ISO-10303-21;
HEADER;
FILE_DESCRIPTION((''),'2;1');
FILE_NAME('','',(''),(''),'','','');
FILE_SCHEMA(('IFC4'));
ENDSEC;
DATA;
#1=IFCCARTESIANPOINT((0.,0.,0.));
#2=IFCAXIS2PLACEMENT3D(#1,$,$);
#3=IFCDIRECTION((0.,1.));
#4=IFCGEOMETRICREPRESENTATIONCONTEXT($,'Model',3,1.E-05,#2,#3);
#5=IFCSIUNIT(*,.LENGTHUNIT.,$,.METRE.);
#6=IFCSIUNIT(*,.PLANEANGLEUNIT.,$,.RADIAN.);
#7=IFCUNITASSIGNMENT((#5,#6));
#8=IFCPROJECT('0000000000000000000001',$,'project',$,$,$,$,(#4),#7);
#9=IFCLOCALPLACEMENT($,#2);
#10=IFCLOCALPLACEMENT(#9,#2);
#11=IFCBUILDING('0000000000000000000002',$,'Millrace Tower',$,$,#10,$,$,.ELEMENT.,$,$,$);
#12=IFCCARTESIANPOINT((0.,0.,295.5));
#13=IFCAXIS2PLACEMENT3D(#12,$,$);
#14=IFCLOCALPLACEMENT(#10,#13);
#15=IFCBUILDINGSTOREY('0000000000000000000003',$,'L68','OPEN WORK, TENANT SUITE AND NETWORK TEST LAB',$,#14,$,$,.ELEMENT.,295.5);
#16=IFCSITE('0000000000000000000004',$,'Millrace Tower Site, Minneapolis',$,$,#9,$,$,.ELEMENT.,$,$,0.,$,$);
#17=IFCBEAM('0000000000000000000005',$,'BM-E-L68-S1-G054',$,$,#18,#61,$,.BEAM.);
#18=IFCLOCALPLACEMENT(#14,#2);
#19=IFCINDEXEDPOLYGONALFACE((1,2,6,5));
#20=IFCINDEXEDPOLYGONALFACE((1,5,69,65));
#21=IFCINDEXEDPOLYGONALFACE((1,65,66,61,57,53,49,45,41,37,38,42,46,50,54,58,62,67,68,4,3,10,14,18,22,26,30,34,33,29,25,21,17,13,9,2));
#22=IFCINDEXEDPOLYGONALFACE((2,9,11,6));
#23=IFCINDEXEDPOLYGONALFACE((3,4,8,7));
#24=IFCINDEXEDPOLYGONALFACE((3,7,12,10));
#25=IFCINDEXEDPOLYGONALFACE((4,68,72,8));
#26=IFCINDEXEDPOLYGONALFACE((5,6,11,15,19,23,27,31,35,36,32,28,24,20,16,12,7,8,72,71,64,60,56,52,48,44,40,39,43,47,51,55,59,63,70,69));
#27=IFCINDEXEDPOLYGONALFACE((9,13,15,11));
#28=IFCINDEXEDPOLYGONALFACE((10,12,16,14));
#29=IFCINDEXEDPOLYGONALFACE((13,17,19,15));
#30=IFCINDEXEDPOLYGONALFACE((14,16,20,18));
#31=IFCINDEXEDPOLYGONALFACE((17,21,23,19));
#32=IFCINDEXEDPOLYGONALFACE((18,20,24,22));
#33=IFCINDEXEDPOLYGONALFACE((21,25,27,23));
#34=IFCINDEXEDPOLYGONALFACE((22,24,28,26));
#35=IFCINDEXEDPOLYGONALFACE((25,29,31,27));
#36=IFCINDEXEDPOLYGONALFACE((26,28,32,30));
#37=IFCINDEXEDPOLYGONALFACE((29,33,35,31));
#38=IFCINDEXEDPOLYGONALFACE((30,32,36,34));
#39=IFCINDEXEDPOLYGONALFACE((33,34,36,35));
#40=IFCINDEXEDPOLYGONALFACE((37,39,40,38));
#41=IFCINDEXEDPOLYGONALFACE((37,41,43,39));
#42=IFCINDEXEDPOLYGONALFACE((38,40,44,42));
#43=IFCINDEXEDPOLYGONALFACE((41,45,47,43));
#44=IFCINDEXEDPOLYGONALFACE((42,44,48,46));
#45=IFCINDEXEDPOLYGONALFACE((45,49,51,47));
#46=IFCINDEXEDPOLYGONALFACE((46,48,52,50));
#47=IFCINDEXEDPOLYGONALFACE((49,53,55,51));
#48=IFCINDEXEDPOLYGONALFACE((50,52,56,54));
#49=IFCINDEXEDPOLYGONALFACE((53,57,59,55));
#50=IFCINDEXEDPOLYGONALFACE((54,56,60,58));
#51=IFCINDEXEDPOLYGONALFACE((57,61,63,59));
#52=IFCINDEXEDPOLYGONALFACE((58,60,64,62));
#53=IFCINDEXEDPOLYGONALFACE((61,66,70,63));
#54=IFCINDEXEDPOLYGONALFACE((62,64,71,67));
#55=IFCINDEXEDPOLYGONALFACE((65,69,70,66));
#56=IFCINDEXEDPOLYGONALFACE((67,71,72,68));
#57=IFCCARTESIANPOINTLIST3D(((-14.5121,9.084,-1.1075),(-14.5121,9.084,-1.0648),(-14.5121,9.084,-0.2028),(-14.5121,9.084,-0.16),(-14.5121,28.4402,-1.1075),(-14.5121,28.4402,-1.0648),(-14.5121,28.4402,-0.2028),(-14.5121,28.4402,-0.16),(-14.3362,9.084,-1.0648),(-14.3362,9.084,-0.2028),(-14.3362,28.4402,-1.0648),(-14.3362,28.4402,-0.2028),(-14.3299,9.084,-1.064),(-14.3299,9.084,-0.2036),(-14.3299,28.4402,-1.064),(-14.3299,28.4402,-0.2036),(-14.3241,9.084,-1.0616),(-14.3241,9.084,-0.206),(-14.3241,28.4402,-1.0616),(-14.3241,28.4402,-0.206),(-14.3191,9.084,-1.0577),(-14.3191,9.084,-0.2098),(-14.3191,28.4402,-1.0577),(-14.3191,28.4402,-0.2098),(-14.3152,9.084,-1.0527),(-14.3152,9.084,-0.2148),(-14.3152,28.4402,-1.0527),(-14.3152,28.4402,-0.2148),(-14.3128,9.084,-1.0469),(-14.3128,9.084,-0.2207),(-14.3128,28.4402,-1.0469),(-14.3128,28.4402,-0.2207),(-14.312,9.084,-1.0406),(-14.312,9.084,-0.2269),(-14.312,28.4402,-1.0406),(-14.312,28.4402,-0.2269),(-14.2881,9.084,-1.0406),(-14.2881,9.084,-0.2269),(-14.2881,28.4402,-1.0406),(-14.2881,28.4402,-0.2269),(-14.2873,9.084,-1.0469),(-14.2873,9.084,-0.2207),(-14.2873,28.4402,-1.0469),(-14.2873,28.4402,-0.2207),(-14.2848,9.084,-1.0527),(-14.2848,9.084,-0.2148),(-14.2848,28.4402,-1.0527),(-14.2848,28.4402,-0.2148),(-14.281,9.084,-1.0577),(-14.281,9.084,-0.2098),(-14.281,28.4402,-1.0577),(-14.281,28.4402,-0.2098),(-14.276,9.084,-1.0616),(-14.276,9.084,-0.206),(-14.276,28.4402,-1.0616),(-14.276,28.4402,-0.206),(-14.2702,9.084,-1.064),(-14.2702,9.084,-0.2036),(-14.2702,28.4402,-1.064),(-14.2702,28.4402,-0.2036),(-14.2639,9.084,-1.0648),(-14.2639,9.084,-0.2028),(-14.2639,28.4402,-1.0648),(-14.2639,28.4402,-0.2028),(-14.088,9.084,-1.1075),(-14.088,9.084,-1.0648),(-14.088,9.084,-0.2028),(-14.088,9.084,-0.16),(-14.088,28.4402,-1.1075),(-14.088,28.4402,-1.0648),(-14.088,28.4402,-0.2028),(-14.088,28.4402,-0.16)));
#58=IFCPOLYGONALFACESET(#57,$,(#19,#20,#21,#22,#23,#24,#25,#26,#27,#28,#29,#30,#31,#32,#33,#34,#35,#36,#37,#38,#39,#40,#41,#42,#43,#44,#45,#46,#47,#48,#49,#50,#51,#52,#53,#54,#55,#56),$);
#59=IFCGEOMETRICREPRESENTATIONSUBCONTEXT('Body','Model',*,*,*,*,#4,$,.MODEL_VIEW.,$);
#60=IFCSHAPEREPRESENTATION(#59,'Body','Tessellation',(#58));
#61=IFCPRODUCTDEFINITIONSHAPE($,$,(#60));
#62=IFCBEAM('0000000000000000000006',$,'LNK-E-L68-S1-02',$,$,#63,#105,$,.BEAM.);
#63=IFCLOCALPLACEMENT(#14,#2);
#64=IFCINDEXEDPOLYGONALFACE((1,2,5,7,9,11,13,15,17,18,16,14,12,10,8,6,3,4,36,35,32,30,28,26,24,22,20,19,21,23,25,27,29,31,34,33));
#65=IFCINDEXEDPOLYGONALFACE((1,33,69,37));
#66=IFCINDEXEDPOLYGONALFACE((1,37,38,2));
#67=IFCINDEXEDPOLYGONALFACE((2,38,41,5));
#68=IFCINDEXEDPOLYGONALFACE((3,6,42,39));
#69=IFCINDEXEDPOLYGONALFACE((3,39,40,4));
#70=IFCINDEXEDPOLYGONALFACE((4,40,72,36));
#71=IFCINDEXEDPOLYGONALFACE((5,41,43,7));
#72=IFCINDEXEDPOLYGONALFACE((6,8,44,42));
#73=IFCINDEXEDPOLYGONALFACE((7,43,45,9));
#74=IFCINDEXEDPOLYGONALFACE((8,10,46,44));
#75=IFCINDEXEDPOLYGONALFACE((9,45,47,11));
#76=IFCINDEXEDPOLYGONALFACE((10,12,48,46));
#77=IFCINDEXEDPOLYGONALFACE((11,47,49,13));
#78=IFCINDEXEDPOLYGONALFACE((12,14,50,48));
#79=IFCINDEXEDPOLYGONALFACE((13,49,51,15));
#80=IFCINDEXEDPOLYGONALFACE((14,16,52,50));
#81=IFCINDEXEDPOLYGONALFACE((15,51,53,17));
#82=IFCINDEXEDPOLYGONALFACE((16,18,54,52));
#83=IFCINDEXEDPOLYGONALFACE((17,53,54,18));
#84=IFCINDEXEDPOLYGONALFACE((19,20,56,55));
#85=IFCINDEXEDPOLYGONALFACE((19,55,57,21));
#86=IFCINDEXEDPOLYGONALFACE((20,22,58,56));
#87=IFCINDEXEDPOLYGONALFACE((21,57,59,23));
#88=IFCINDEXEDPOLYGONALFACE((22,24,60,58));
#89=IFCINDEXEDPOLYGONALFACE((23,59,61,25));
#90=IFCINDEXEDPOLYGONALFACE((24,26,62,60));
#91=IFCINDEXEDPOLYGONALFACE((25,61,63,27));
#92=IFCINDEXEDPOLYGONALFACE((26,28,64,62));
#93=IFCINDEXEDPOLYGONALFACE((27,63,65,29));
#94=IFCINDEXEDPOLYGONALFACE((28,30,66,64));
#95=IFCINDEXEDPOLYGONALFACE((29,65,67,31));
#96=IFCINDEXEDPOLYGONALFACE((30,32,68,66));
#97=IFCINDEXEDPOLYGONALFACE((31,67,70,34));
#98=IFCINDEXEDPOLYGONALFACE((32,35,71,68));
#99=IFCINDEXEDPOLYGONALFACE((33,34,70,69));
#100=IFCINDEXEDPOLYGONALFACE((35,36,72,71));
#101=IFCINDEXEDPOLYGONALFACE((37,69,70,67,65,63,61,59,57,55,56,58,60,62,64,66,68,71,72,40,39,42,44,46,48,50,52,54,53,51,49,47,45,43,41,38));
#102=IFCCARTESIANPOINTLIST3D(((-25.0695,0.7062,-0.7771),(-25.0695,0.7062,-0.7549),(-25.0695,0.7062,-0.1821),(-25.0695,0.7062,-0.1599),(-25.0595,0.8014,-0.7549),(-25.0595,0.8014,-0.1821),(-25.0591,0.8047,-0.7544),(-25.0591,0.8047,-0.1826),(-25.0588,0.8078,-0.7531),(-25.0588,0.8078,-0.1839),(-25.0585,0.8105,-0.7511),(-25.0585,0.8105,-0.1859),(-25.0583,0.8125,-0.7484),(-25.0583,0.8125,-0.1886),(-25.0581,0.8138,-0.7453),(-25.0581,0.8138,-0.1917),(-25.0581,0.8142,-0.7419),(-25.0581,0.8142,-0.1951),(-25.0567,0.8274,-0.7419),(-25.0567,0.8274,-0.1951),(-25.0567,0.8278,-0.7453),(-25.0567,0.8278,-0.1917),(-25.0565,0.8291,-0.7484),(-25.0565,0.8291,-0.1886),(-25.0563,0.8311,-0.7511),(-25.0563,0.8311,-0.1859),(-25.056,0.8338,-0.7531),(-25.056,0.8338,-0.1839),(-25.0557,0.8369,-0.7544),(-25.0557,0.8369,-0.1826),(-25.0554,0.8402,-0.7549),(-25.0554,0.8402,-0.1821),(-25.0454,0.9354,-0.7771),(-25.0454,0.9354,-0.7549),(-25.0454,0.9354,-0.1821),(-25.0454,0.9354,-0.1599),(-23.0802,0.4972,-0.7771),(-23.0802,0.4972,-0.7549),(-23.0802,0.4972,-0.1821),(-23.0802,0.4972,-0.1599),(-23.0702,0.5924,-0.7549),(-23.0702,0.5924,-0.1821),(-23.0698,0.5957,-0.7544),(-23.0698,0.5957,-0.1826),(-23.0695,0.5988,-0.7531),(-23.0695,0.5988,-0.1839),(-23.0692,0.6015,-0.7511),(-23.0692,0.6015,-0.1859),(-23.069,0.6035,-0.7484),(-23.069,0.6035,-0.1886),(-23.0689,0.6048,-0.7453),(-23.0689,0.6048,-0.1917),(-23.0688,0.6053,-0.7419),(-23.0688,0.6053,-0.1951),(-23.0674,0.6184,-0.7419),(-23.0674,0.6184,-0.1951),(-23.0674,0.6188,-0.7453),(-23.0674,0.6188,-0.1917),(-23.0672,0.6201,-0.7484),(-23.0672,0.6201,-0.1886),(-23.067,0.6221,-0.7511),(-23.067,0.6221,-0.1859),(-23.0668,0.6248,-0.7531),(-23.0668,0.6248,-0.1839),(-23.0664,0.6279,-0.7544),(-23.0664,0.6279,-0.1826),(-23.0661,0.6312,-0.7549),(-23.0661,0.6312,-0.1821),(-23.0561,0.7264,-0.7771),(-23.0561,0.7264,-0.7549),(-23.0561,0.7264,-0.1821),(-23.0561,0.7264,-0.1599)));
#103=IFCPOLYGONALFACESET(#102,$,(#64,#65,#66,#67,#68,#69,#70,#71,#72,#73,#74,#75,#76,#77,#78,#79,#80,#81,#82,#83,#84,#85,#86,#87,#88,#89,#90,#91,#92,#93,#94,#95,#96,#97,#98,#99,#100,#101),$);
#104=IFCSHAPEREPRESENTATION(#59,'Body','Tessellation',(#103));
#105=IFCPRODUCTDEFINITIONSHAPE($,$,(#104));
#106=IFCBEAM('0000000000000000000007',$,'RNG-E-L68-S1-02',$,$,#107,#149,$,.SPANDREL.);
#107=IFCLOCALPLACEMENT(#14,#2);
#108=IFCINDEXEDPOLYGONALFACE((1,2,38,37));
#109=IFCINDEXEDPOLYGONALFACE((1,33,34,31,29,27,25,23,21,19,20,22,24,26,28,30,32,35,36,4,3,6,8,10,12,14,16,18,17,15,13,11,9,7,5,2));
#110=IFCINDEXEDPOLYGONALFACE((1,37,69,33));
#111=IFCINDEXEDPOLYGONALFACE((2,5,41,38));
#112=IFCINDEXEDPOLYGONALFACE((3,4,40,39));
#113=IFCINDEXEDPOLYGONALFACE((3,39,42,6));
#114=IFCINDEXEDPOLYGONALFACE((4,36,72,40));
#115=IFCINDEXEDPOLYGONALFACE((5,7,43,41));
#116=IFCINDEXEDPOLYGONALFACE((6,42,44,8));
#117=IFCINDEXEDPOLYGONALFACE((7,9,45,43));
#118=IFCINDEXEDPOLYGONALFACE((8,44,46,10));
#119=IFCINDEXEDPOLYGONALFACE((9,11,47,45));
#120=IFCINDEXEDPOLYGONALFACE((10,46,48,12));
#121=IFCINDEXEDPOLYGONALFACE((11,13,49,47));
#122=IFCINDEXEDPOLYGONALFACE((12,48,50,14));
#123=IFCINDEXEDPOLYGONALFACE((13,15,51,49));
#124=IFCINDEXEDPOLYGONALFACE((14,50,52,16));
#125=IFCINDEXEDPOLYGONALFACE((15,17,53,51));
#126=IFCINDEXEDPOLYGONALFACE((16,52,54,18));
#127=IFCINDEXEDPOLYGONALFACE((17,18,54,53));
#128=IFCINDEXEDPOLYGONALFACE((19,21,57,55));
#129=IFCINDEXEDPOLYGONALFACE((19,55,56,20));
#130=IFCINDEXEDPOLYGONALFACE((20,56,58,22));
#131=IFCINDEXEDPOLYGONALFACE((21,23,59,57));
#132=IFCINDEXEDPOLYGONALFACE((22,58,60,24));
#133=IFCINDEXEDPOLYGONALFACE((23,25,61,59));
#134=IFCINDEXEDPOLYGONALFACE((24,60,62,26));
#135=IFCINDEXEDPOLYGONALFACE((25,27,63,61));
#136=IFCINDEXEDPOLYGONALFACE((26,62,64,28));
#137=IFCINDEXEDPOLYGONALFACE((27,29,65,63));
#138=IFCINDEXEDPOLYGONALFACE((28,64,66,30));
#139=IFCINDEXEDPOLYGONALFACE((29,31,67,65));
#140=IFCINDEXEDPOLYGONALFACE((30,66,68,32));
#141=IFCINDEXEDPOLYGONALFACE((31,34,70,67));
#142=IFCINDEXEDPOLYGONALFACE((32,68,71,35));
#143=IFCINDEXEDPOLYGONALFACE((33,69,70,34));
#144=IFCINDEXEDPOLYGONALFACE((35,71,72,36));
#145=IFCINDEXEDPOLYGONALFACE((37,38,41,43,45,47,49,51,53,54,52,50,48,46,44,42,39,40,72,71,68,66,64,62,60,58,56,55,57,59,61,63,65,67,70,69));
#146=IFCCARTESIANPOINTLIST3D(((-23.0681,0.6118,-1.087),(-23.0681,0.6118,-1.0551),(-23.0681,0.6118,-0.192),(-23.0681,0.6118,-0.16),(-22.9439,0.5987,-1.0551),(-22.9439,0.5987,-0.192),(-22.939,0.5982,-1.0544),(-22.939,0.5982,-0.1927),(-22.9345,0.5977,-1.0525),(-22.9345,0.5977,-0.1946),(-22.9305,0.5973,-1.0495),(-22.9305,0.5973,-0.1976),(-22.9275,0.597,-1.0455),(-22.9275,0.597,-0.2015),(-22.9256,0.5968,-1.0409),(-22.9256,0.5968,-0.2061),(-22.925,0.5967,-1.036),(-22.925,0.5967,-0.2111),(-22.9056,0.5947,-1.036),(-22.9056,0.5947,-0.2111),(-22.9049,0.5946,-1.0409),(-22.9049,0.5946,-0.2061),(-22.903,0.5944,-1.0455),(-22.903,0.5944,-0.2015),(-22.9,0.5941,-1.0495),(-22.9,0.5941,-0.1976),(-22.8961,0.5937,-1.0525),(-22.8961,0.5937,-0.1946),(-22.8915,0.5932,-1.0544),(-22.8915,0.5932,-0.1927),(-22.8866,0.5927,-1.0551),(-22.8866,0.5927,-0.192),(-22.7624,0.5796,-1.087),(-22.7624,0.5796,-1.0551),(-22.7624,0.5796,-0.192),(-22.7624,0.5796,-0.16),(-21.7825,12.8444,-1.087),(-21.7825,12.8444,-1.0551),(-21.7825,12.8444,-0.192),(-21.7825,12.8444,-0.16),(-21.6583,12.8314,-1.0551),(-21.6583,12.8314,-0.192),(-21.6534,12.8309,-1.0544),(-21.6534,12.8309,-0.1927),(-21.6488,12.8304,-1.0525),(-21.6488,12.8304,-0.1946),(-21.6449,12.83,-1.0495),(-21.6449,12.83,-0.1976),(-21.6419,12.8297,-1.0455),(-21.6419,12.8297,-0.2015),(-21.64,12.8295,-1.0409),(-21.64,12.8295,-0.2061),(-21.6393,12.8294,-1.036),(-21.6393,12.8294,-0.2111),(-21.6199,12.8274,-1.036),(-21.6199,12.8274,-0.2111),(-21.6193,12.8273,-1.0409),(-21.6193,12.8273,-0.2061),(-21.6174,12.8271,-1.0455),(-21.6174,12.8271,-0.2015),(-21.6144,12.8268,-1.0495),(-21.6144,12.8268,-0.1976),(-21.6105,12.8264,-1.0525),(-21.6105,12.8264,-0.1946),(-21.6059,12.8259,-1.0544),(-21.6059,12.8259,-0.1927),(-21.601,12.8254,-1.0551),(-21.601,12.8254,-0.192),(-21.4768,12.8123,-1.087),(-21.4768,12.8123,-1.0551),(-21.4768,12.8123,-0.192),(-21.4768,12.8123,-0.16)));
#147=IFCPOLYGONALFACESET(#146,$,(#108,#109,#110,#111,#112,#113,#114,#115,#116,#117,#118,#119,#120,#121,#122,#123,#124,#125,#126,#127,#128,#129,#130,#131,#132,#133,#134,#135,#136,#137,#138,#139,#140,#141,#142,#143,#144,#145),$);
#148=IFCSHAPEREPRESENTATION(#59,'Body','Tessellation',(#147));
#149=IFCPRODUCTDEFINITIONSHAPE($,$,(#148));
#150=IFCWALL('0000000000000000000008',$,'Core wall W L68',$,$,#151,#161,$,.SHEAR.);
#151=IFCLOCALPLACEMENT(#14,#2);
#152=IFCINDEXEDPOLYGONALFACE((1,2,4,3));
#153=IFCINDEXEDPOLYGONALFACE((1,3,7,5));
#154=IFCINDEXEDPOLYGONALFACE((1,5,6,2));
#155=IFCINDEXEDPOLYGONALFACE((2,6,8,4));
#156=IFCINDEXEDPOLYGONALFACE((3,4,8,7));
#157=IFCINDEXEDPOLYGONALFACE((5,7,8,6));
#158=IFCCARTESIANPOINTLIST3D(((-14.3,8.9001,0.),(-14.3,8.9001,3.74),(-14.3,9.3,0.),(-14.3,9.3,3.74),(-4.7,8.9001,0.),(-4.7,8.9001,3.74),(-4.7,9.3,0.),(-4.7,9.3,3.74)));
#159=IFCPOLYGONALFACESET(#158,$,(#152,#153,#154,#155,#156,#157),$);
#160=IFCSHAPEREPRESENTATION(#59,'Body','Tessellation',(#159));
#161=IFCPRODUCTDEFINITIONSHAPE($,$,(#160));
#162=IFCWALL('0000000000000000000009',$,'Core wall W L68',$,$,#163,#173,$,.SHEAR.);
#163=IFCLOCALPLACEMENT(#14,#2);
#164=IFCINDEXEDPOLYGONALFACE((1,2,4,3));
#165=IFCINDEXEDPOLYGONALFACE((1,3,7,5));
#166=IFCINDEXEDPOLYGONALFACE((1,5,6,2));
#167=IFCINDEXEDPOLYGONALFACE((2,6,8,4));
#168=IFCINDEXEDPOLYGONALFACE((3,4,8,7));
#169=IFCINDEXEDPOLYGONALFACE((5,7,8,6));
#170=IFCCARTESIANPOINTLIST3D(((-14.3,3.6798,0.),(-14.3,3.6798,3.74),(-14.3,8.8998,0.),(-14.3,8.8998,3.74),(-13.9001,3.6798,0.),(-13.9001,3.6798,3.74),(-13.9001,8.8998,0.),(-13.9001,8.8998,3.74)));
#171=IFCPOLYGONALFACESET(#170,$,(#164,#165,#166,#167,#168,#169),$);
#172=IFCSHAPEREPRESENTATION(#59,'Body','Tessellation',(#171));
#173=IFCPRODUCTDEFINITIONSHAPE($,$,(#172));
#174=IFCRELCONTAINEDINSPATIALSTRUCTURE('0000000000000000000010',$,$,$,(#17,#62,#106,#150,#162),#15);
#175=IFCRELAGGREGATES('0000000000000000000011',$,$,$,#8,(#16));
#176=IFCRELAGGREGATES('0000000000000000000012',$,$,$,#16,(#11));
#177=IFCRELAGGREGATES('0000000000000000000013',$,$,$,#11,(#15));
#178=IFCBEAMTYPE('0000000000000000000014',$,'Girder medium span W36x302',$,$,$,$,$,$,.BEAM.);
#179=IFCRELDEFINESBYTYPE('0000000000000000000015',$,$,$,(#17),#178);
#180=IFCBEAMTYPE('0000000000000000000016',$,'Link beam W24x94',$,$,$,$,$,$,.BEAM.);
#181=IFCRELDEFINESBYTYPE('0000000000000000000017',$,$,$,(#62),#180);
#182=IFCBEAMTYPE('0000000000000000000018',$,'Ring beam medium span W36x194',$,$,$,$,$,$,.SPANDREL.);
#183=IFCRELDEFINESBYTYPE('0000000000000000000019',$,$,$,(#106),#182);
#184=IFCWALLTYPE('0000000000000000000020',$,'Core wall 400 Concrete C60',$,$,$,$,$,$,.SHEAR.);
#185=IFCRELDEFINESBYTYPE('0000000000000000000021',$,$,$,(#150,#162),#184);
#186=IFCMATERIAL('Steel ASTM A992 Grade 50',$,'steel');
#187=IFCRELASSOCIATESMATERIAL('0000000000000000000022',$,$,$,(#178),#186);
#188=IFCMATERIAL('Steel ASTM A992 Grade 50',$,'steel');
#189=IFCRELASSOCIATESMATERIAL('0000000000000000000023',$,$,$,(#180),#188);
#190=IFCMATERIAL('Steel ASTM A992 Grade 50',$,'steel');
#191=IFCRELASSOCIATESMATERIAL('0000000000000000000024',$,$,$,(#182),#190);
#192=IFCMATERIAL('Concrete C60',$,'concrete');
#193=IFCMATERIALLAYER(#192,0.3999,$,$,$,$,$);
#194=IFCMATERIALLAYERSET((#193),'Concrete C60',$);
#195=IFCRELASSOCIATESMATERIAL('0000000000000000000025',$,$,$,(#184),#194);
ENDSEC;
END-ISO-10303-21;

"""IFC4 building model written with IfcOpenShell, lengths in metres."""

from ifc_helpers import new_model, si_unit, direction, frame, frame_2d, origin, origin_2d, place, context, subcontext, project, spatial, rectangle, i_section, extrude, material, layer, layer_set, material_profile, profile_set, type_object, element, save


model = new_model("IFC4")

# Units and contexts
model_context = context("Model", 3, precision=1e-05, world=origin(), true_north=direction((0.0, 1.0)))
body_context = subcontext(model_context, "Body", "Model", "MODEL_VIEW")
ifc_project = project(units=[si_unit("LENGTHUNIT", "METRE"), si_unit("PLANEANGLEUNIT", "RADIAN")], contexts=[model_context])

# Site, building, storey
site_placement = place(None, origin())
site = spatial("IfcSite", under=ifc_project, at=site_placement, Name="Millrace Tower Site, Minneapolis", CompositionType="ELEMENT", RefElevation=0.0)
building_placement = place(site_placement, origin())
building = spatial("IfcBuilding", under=site, at=building_placement, Name="Millrace Tower", CompositionType="ELEMENT")
storey_placement = place(building_placement, frame((0.0, 0.0, 295.5)))
storey = spatial("IfcBuildingStorey", under=building, at=storey_placement, Name="L68", Description="OPEN WORK, TENANT SUITE AND NETWORK TEST LAB", CompositionType="ELEMENT", Elevation=295.5)

# Beams
ifc_material_1 = material(Name="Steel ASTM A992 Grade 50", Category="steel")
ifc_material_profile_1 = material_profile(ifc_material_1, i_section(OverallWidth=0.4241, OverallDepth=0.9475, WebThickness=0.0239, FlangeThickness=0.0427, FilletRadius=0.0242, at=origin_2d()))
ifc_profile_set_1 = profile_set([ifc_material_profile_1], Name="Steel ASTM A992 Grade 50")
beam_type_1 = type_object("IfcBeamType", Name="Girder medium span W36x302", PredefinedType="BEAM", material=ifc_profile_set_1)
beam_1_placement = place(storey_placement, frame((-14.3, 9.084, -0.6338), z_axis=(0.0, 1.0, 0.0), x_axis=(-1.0, 0.0, 0.0)))
element("IfcBeam", 1, at=beam_1_placement, inside=storey, type_object=beam_type_1, Name="BM-E-L68-S1-G054", PredefinedType="BEAM", context=body_context, shape_type="SweptSolid", body=[
    extrude(i_section(OverallWidth=0.4241, OverallDepth=0.9475, WebThickness=0.0239, FlangeThickness=0.0427, FilletRadius=0.0242, at=origin_2d()), origin(), (0.0, 0.0, 1.0), 19.3562),
])
ifc_material_2 = material(Name="Steel ASTM A992 Grade 50", Category="steel")
ifc_material_profile_2 = material_profile(ifc_material_2, i_section(OverallWidth=0.2305, OverallDepth=0.6172, WebThickness=0.0132, FlangeThickness=0.0222, FilletRadius=0.0129, at=origin_2d()))
ifc_profile_set_2 = profile_set([ifc_material_profile_2], Name="Steel ASTM A992 Grade 50")
beam_type_2 = type_object("IfcBeamType", Name="Link beam W24x94", PredefinedType="BEAM", material=ifc_profile_set_2)
beam_2_placement = place(storey_placement, frame((-23.0681, 0.6118, -0.4685), z_axis=(-0.994527, 0.104481, 0.0), x_axis=(-0.104481, -0.994527, 0.0)))
element("IfcBeam", 2, at=beam_2_placement, inside=storey, type_object=beam_type_2, Name="LNK-E-L68-S1-02", PredefinedType="BEAM", context=body_context, shape_type="SweptSolid", body=[
    extrude(i_section(OverallWidth=0.2305, OverallDepth=0.6172, WebThickness=0.0132, FlangeThickness=0.0222, FilletRadius=0.0129, at=origin_2d()), origin(), (0.0, 0.0, 1.0), 2.0002),
])
ifc_material_3 = material(Name="Steel ASTM A992 Grade 50", Category="steel")
ifc_material_profile_3 = material_profile(ifc_material_3, i_section(OverallWidth=0.3074, OverallDepth=0.927, WebThickness=0.0195, FlangeThickness=0.032, FilletRadius=0.019, at=origin_2d()))
ifc_profile_set_3 = profile_set([ifc_material_profile_3], Name="Steel ASTM A992 Grade 50")
beam_type_3 = type_object("IfcBeamType", Name="Ring beam medium span W36x194", PredefinedType="SPANDREL", material=ifc_profile_set_3)
beam_3_placement = place(storey_placement, frame((-22.9153, 0.5957, -0.6235), z_axis=(0.104524, 0.994522, 0.0), x_axis=(-0.994522, 0.104524, 0.0)))
element("IfcBeam", 3, at=beam_3_placement, inside=storey, type_object=beam_type_3, Name="RNG-E-L68-S1-02", PredefinedType="SPANDREL", context=body_context, shape_type="SweptSolid", body=[
    extrude(i_section(OverallWidth=0.3074, OverallDepth=0.927, WebThickness=0.0195, FlangeThickness=0.032, FilletRadius=0.019, at=origin_2d()), origin(), (0.0, 0.0, 1.0), 12.3),
])

# Walls
ifc_material_4 = material(Name="Concrete C60", Category="concrete")
ifc_layer_1 = layer(ifc_material_4, 0.3999)
ifc_layer_set_1 = layer_set([ifc_layer_1], Name="Concrete C60")
wall_type_1 = type_object("IfcWallType", Name="Core wall 400 Concrete C60", PredefinedType="SHEAR", material=ifc_layer_set_1)
wall_1_placement = place(storey_placement, frame((-14.3, 9.1001, 0.0), z_axis=(0.0, 0.0, 1.0), x_axis=(1.0, 0.0, 0.0)))
element("IfcWall", 4, at=wall_1_placement, inside=storey, type_object=wall_type_1, Name="Core wall W L68", PredefinedType="SHEAR", context=body_context, shape_type="SweptSolid", body=[
    extrude(rectangle(XDim=9.6001, YDim=0.3999, at=frame_2d((4.8, 0.0))), origin(), (0.0, 0.0, 1.0), 3.74),
])
wall_2_placement = place(storey_placement, frame((-14.1001, 3.6799, 0.0), z_axis=(0.0, 0.0, 1.0), x_axis=(0.0, 1.0, 0.0)))
element("IfcWall", 5, at=wall_2_placement, inside=storey, type_object=wall_type_1, Name="Core wall W L68", PredefinedType="SHEAR", context=body_context, shape_type="SweptSolid", body=[
    extrude(rectangle(XDim=5.22, YDim=0.3999, at=frame_2d((2.6099, 0.0))), origin(), (0.0, 0.0, 1.0), 3.74),
])

save(model, "model.ifc")
